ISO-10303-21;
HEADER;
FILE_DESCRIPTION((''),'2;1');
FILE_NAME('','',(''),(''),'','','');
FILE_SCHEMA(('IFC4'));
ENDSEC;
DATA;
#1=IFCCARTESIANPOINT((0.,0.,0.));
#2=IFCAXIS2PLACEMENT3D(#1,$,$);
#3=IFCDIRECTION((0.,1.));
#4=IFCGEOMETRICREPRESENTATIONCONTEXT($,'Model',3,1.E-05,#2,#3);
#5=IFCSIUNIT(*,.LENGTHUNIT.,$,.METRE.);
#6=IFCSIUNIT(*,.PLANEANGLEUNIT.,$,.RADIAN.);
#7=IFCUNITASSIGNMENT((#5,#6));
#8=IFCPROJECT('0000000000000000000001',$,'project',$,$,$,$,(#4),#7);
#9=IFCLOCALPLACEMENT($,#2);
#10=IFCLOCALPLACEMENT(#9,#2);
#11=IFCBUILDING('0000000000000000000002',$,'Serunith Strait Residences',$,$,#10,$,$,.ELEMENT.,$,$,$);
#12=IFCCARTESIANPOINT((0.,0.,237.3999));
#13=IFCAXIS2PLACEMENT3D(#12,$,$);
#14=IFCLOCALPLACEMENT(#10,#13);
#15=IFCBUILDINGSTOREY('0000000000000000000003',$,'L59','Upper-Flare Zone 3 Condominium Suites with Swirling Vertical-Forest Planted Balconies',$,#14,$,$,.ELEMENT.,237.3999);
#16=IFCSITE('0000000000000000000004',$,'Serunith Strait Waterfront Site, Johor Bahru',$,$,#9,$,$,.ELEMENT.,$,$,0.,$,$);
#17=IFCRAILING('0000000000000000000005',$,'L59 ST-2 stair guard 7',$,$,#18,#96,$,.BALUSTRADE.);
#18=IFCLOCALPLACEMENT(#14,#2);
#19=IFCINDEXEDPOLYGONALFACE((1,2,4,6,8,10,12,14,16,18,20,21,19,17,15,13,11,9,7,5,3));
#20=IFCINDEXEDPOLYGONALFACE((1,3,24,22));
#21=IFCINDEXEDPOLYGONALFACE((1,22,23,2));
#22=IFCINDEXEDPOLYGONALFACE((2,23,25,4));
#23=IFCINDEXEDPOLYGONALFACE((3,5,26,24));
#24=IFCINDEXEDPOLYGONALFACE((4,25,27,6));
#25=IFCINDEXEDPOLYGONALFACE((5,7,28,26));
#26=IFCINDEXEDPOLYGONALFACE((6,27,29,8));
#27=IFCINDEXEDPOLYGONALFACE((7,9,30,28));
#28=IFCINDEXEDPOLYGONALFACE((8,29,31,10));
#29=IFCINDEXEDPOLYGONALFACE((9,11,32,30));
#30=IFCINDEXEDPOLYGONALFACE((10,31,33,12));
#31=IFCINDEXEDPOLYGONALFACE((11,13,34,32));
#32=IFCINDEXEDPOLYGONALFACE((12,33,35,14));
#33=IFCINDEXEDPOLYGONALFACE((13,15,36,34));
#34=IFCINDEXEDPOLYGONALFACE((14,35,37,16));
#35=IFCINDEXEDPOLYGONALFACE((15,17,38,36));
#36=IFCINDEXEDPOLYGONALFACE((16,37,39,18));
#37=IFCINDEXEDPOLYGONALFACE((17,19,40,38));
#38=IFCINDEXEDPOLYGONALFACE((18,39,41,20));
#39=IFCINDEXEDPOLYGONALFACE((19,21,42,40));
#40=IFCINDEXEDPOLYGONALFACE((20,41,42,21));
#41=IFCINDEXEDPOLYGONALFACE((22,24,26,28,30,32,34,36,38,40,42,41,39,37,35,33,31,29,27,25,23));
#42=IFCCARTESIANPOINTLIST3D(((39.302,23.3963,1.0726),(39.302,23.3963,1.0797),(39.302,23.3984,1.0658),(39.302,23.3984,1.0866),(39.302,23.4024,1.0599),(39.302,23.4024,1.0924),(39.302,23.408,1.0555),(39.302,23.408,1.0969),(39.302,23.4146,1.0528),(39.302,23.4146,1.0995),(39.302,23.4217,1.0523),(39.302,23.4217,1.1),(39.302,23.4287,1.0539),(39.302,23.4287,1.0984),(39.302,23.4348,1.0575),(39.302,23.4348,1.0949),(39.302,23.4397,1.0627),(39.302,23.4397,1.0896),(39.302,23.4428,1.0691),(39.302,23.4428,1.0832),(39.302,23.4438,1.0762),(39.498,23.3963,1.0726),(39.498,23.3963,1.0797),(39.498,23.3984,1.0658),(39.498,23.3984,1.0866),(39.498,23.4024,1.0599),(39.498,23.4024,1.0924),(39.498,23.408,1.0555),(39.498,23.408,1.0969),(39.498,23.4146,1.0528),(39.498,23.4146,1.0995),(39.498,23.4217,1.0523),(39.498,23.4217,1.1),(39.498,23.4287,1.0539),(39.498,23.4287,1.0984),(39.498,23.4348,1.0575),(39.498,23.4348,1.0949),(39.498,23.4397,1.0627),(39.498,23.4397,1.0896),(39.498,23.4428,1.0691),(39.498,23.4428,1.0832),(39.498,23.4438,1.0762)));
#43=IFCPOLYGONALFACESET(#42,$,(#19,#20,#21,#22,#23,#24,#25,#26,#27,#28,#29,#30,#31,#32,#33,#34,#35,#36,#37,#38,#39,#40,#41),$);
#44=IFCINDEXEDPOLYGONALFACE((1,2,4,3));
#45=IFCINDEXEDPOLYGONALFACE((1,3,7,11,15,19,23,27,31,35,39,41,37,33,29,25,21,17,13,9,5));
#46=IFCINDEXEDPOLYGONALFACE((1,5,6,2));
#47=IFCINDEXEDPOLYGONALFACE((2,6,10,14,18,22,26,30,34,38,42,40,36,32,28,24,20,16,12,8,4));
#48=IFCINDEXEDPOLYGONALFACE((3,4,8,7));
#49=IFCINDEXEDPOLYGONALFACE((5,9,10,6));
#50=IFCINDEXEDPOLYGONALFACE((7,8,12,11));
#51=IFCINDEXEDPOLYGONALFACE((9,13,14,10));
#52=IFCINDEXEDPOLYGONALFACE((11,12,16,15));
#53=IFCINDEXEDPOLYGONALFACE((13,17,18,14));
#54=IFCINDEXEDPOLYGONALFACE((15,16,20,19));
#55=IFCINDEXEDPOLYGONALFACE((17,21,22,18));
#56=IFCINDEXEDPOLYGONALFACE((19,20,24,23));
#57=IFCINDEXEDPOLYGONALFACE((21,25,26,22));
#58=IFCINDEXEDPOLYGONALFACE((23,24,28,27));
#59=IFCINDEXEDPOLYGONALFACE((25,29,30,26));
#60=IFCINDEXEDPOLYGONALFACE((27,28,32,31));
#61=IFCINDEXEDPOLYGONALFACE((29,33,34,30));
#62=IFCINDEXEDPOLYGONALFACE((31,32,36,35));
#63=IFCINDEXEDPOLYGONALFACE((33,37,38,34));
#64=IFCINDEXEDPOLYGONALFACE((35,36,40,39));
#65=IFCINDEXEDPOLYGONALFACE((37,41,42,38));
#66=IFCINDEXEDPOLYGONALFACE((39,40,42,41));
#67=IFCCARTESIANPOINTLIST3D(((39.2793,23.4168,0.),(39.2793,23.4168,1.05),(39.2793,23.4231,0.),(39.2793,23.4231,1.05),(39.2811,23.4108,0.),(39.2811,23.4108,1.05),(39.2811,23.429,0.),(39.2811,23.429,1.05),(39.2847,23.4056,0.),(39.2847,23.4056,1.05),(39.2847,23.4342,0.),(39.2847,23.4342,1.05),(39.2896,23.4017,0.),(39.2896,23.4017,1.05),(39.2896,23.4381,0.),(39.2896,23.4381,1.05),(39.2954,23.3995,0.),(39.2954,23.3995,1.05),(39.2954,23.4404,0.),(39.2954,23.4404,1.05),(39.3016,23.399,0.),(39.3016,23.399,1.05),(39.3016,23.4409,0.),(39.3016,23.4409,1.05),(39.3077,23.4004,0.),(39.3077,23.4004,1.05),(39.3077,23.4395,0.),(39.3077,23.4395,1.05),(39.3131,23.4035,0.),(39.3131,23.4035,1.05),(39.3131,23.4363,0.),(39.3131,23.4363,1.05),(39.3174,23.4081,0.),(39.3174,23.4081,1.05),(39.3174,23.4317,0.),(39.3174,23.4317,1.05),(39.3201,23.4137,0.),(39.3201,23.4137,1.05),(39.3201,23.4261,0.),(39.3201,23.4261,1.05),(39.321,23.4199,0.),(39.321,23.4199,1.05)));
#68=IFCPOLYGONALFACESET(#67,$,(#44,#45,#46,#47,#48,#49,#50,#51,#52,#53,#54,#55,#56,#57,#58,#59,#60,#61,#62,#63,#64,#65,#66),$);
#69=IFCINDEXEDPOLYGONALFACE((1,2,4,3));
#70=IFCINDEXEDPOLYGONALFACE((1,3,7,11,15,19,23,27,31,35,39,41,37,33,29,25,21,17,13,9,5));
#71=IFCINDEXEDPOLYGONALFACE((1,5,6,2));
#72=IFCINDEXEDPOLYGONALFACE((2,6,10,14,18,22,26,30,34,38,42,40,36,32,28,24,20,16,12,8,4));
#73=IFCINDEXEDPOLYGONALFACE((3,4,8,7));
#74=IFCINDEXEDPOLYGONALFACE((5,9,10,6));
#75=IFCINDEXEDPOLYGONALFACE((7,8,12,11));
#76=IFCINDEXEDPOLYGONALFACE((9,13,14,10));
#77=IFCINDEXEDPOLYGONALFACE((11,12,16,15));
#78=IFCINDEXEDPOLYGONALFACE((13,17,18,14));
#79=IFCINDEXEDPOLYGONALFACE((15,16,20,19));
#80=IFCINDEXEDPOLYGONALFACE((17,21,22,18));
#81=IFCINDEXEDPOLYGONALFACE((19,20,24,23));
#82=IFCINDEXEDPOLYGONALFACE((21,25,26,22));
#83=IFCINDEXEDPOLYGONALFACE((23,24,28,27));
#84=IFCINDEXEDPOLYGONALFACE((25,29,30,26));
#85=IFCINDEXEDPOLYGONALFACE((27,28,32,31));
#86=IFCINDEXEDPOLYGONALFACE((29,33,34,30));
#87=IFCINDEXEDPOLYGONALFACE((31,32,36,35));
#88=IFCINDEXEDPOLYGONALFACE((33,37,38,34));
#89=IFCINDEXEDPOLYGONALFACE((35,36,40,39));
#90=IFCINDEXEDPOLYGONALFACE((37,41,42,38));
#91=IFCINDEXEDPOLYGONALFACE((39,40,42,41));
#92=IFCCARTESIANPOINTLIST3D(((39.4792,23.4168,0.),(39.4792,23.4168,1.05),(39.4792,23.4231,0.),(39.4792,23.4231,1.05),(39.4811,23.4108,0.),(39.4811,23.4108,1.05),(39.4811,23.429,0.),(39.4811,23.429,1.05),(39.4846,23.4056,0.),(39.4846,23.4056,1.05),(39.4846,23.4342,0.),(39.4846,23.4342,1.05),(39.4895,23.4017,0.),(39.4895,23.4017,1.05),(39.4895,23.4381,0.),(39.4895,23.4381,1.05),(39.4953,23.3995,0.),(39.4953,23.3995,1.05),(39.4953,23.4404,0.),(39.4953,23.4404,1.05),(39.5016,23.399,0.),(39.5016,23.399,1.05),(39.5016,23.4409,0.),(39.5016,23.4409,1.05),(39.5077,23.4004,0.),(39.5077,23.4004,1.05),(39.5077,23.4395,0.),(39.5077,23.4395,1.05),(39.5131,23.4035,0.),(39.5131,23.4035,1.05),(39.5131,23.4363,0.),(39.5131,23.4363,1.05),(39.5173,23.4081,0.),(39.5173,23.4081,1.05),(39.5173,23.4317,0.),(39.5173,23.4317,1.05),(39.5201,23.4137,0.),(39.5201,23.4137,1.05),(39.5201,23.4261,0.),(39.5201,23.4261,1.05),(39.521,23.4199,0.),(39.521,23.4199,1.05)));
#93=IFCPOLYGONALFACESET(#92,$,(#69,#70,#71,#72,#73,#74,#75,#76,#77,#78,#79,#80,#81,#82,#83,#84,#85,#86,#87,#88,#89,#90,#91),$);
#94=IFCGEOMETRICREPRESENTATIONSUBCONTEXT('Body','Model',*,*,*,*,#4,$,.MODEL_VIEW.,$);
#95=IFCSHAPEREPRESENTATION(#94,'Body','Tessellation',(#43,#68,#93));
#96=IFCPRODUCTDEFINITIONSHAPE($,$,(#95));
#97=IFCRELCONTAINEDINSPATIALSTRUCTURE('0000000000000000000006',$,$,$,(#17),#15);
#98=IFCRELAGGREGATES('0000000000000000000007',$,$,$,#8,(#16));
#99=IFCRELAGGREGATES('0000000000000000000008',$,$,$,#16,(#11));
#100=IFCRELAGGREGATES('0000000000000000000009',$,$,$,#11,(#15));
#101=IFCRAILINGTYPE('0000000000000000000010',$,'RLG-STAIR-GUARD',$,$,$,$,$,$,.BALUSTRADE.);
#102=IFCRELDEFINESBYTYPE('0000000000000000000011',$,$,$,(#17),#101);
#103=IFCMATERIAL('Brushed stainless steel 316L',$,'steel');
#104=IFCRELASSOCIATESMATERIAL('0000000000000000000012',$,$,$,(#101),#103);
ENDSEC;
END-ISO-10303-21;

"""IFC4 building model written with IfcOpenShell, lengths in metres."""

from ifc_helpers import new_model, si_unit, direction, frame, origin, origin_2d, place, context, subcontext, project, spatial, circle, extrude, material, type_object, element, save


model = new_model("IFC4")

# Units and contexts
model_context = context("Model", 3, precision=1e-05, world=origin(), true_north=direction((0.0, 1.0)))
body_context = subcontext(model_context, "Body", "Model", "MODEL_VIEW")
ifc_project = project(units=[si_unit("LENGTHUNIT", "METRE"), si_unit("PLANEANGLEUNIT", "RADIAN")], contexts=[model_context])

# Site, building, storey
site_placement = place(None, origin())
site = spatial("IfcSite", under=ifc_project, at=site_placement, Name="Serunith Strait Waterfront Site, Johor Bahru", CompositionType="ELEMENT", RefElevation=0.0)
building_placement = place(site_placement, origin())
building = spatial("IfcBuilding", under=site, at=building_placement, Name="Serunith Strait Residences", CompositionType="ELEMENT")
storey_placement = place(building_placement, frame((0.0, 0.0, 237.3999)))
storey = spatial("IfcBuildingStorey", under=building, at=storey_placement, Name="L59", Description="Upper-Flare Zone 3 Condominium Suites with Swirling Vertical-Forest Planted Balconies", CompositionType="ELEMENT", Elevation=237.3999)

# Railing
ifc_material_1 = material(Name="Brushed stainless steel 316L", Category="steel")
railing_type_1 = type_object("IfcRailingType", Name="RLG-STAIR-GUARD", PredefinedType="BALUSTRADE", material=ifc_material_1)
railing_1_placement = place(storey_placement, frame((39.3, 23.4199, 0.0)))
element("IfcRailing", 1, at=railing_1_placement, inside=storey, type_object=railing_type_1, Name="L59 ST-2 stair guard 7", PredefinedType="BALUSTRADE", context=body_context, shape_type="SweptSolid", body=[
    extrude(circle(Radius=0.0239, at=origin_2d()), frame((0.002, 0.0, 1.0762), z_axis=(1.0, 0.0, 0.0), x_axis=(0.0, 1.0, 0.0)), (0.0, 0.0, 1.0), 0.196),
    extrude(circle(Radius=0.021, at=origin_2d()), origin(), (0.0, 0.0, 1.0), 1.05),
    extrude(circle(Radius=0.021, at=origin_2d()), frame((0.2, 0.0, 0.0)), (0.0, 0.0, 1.0), 1.05),
])

save(model, "model.ifc")
